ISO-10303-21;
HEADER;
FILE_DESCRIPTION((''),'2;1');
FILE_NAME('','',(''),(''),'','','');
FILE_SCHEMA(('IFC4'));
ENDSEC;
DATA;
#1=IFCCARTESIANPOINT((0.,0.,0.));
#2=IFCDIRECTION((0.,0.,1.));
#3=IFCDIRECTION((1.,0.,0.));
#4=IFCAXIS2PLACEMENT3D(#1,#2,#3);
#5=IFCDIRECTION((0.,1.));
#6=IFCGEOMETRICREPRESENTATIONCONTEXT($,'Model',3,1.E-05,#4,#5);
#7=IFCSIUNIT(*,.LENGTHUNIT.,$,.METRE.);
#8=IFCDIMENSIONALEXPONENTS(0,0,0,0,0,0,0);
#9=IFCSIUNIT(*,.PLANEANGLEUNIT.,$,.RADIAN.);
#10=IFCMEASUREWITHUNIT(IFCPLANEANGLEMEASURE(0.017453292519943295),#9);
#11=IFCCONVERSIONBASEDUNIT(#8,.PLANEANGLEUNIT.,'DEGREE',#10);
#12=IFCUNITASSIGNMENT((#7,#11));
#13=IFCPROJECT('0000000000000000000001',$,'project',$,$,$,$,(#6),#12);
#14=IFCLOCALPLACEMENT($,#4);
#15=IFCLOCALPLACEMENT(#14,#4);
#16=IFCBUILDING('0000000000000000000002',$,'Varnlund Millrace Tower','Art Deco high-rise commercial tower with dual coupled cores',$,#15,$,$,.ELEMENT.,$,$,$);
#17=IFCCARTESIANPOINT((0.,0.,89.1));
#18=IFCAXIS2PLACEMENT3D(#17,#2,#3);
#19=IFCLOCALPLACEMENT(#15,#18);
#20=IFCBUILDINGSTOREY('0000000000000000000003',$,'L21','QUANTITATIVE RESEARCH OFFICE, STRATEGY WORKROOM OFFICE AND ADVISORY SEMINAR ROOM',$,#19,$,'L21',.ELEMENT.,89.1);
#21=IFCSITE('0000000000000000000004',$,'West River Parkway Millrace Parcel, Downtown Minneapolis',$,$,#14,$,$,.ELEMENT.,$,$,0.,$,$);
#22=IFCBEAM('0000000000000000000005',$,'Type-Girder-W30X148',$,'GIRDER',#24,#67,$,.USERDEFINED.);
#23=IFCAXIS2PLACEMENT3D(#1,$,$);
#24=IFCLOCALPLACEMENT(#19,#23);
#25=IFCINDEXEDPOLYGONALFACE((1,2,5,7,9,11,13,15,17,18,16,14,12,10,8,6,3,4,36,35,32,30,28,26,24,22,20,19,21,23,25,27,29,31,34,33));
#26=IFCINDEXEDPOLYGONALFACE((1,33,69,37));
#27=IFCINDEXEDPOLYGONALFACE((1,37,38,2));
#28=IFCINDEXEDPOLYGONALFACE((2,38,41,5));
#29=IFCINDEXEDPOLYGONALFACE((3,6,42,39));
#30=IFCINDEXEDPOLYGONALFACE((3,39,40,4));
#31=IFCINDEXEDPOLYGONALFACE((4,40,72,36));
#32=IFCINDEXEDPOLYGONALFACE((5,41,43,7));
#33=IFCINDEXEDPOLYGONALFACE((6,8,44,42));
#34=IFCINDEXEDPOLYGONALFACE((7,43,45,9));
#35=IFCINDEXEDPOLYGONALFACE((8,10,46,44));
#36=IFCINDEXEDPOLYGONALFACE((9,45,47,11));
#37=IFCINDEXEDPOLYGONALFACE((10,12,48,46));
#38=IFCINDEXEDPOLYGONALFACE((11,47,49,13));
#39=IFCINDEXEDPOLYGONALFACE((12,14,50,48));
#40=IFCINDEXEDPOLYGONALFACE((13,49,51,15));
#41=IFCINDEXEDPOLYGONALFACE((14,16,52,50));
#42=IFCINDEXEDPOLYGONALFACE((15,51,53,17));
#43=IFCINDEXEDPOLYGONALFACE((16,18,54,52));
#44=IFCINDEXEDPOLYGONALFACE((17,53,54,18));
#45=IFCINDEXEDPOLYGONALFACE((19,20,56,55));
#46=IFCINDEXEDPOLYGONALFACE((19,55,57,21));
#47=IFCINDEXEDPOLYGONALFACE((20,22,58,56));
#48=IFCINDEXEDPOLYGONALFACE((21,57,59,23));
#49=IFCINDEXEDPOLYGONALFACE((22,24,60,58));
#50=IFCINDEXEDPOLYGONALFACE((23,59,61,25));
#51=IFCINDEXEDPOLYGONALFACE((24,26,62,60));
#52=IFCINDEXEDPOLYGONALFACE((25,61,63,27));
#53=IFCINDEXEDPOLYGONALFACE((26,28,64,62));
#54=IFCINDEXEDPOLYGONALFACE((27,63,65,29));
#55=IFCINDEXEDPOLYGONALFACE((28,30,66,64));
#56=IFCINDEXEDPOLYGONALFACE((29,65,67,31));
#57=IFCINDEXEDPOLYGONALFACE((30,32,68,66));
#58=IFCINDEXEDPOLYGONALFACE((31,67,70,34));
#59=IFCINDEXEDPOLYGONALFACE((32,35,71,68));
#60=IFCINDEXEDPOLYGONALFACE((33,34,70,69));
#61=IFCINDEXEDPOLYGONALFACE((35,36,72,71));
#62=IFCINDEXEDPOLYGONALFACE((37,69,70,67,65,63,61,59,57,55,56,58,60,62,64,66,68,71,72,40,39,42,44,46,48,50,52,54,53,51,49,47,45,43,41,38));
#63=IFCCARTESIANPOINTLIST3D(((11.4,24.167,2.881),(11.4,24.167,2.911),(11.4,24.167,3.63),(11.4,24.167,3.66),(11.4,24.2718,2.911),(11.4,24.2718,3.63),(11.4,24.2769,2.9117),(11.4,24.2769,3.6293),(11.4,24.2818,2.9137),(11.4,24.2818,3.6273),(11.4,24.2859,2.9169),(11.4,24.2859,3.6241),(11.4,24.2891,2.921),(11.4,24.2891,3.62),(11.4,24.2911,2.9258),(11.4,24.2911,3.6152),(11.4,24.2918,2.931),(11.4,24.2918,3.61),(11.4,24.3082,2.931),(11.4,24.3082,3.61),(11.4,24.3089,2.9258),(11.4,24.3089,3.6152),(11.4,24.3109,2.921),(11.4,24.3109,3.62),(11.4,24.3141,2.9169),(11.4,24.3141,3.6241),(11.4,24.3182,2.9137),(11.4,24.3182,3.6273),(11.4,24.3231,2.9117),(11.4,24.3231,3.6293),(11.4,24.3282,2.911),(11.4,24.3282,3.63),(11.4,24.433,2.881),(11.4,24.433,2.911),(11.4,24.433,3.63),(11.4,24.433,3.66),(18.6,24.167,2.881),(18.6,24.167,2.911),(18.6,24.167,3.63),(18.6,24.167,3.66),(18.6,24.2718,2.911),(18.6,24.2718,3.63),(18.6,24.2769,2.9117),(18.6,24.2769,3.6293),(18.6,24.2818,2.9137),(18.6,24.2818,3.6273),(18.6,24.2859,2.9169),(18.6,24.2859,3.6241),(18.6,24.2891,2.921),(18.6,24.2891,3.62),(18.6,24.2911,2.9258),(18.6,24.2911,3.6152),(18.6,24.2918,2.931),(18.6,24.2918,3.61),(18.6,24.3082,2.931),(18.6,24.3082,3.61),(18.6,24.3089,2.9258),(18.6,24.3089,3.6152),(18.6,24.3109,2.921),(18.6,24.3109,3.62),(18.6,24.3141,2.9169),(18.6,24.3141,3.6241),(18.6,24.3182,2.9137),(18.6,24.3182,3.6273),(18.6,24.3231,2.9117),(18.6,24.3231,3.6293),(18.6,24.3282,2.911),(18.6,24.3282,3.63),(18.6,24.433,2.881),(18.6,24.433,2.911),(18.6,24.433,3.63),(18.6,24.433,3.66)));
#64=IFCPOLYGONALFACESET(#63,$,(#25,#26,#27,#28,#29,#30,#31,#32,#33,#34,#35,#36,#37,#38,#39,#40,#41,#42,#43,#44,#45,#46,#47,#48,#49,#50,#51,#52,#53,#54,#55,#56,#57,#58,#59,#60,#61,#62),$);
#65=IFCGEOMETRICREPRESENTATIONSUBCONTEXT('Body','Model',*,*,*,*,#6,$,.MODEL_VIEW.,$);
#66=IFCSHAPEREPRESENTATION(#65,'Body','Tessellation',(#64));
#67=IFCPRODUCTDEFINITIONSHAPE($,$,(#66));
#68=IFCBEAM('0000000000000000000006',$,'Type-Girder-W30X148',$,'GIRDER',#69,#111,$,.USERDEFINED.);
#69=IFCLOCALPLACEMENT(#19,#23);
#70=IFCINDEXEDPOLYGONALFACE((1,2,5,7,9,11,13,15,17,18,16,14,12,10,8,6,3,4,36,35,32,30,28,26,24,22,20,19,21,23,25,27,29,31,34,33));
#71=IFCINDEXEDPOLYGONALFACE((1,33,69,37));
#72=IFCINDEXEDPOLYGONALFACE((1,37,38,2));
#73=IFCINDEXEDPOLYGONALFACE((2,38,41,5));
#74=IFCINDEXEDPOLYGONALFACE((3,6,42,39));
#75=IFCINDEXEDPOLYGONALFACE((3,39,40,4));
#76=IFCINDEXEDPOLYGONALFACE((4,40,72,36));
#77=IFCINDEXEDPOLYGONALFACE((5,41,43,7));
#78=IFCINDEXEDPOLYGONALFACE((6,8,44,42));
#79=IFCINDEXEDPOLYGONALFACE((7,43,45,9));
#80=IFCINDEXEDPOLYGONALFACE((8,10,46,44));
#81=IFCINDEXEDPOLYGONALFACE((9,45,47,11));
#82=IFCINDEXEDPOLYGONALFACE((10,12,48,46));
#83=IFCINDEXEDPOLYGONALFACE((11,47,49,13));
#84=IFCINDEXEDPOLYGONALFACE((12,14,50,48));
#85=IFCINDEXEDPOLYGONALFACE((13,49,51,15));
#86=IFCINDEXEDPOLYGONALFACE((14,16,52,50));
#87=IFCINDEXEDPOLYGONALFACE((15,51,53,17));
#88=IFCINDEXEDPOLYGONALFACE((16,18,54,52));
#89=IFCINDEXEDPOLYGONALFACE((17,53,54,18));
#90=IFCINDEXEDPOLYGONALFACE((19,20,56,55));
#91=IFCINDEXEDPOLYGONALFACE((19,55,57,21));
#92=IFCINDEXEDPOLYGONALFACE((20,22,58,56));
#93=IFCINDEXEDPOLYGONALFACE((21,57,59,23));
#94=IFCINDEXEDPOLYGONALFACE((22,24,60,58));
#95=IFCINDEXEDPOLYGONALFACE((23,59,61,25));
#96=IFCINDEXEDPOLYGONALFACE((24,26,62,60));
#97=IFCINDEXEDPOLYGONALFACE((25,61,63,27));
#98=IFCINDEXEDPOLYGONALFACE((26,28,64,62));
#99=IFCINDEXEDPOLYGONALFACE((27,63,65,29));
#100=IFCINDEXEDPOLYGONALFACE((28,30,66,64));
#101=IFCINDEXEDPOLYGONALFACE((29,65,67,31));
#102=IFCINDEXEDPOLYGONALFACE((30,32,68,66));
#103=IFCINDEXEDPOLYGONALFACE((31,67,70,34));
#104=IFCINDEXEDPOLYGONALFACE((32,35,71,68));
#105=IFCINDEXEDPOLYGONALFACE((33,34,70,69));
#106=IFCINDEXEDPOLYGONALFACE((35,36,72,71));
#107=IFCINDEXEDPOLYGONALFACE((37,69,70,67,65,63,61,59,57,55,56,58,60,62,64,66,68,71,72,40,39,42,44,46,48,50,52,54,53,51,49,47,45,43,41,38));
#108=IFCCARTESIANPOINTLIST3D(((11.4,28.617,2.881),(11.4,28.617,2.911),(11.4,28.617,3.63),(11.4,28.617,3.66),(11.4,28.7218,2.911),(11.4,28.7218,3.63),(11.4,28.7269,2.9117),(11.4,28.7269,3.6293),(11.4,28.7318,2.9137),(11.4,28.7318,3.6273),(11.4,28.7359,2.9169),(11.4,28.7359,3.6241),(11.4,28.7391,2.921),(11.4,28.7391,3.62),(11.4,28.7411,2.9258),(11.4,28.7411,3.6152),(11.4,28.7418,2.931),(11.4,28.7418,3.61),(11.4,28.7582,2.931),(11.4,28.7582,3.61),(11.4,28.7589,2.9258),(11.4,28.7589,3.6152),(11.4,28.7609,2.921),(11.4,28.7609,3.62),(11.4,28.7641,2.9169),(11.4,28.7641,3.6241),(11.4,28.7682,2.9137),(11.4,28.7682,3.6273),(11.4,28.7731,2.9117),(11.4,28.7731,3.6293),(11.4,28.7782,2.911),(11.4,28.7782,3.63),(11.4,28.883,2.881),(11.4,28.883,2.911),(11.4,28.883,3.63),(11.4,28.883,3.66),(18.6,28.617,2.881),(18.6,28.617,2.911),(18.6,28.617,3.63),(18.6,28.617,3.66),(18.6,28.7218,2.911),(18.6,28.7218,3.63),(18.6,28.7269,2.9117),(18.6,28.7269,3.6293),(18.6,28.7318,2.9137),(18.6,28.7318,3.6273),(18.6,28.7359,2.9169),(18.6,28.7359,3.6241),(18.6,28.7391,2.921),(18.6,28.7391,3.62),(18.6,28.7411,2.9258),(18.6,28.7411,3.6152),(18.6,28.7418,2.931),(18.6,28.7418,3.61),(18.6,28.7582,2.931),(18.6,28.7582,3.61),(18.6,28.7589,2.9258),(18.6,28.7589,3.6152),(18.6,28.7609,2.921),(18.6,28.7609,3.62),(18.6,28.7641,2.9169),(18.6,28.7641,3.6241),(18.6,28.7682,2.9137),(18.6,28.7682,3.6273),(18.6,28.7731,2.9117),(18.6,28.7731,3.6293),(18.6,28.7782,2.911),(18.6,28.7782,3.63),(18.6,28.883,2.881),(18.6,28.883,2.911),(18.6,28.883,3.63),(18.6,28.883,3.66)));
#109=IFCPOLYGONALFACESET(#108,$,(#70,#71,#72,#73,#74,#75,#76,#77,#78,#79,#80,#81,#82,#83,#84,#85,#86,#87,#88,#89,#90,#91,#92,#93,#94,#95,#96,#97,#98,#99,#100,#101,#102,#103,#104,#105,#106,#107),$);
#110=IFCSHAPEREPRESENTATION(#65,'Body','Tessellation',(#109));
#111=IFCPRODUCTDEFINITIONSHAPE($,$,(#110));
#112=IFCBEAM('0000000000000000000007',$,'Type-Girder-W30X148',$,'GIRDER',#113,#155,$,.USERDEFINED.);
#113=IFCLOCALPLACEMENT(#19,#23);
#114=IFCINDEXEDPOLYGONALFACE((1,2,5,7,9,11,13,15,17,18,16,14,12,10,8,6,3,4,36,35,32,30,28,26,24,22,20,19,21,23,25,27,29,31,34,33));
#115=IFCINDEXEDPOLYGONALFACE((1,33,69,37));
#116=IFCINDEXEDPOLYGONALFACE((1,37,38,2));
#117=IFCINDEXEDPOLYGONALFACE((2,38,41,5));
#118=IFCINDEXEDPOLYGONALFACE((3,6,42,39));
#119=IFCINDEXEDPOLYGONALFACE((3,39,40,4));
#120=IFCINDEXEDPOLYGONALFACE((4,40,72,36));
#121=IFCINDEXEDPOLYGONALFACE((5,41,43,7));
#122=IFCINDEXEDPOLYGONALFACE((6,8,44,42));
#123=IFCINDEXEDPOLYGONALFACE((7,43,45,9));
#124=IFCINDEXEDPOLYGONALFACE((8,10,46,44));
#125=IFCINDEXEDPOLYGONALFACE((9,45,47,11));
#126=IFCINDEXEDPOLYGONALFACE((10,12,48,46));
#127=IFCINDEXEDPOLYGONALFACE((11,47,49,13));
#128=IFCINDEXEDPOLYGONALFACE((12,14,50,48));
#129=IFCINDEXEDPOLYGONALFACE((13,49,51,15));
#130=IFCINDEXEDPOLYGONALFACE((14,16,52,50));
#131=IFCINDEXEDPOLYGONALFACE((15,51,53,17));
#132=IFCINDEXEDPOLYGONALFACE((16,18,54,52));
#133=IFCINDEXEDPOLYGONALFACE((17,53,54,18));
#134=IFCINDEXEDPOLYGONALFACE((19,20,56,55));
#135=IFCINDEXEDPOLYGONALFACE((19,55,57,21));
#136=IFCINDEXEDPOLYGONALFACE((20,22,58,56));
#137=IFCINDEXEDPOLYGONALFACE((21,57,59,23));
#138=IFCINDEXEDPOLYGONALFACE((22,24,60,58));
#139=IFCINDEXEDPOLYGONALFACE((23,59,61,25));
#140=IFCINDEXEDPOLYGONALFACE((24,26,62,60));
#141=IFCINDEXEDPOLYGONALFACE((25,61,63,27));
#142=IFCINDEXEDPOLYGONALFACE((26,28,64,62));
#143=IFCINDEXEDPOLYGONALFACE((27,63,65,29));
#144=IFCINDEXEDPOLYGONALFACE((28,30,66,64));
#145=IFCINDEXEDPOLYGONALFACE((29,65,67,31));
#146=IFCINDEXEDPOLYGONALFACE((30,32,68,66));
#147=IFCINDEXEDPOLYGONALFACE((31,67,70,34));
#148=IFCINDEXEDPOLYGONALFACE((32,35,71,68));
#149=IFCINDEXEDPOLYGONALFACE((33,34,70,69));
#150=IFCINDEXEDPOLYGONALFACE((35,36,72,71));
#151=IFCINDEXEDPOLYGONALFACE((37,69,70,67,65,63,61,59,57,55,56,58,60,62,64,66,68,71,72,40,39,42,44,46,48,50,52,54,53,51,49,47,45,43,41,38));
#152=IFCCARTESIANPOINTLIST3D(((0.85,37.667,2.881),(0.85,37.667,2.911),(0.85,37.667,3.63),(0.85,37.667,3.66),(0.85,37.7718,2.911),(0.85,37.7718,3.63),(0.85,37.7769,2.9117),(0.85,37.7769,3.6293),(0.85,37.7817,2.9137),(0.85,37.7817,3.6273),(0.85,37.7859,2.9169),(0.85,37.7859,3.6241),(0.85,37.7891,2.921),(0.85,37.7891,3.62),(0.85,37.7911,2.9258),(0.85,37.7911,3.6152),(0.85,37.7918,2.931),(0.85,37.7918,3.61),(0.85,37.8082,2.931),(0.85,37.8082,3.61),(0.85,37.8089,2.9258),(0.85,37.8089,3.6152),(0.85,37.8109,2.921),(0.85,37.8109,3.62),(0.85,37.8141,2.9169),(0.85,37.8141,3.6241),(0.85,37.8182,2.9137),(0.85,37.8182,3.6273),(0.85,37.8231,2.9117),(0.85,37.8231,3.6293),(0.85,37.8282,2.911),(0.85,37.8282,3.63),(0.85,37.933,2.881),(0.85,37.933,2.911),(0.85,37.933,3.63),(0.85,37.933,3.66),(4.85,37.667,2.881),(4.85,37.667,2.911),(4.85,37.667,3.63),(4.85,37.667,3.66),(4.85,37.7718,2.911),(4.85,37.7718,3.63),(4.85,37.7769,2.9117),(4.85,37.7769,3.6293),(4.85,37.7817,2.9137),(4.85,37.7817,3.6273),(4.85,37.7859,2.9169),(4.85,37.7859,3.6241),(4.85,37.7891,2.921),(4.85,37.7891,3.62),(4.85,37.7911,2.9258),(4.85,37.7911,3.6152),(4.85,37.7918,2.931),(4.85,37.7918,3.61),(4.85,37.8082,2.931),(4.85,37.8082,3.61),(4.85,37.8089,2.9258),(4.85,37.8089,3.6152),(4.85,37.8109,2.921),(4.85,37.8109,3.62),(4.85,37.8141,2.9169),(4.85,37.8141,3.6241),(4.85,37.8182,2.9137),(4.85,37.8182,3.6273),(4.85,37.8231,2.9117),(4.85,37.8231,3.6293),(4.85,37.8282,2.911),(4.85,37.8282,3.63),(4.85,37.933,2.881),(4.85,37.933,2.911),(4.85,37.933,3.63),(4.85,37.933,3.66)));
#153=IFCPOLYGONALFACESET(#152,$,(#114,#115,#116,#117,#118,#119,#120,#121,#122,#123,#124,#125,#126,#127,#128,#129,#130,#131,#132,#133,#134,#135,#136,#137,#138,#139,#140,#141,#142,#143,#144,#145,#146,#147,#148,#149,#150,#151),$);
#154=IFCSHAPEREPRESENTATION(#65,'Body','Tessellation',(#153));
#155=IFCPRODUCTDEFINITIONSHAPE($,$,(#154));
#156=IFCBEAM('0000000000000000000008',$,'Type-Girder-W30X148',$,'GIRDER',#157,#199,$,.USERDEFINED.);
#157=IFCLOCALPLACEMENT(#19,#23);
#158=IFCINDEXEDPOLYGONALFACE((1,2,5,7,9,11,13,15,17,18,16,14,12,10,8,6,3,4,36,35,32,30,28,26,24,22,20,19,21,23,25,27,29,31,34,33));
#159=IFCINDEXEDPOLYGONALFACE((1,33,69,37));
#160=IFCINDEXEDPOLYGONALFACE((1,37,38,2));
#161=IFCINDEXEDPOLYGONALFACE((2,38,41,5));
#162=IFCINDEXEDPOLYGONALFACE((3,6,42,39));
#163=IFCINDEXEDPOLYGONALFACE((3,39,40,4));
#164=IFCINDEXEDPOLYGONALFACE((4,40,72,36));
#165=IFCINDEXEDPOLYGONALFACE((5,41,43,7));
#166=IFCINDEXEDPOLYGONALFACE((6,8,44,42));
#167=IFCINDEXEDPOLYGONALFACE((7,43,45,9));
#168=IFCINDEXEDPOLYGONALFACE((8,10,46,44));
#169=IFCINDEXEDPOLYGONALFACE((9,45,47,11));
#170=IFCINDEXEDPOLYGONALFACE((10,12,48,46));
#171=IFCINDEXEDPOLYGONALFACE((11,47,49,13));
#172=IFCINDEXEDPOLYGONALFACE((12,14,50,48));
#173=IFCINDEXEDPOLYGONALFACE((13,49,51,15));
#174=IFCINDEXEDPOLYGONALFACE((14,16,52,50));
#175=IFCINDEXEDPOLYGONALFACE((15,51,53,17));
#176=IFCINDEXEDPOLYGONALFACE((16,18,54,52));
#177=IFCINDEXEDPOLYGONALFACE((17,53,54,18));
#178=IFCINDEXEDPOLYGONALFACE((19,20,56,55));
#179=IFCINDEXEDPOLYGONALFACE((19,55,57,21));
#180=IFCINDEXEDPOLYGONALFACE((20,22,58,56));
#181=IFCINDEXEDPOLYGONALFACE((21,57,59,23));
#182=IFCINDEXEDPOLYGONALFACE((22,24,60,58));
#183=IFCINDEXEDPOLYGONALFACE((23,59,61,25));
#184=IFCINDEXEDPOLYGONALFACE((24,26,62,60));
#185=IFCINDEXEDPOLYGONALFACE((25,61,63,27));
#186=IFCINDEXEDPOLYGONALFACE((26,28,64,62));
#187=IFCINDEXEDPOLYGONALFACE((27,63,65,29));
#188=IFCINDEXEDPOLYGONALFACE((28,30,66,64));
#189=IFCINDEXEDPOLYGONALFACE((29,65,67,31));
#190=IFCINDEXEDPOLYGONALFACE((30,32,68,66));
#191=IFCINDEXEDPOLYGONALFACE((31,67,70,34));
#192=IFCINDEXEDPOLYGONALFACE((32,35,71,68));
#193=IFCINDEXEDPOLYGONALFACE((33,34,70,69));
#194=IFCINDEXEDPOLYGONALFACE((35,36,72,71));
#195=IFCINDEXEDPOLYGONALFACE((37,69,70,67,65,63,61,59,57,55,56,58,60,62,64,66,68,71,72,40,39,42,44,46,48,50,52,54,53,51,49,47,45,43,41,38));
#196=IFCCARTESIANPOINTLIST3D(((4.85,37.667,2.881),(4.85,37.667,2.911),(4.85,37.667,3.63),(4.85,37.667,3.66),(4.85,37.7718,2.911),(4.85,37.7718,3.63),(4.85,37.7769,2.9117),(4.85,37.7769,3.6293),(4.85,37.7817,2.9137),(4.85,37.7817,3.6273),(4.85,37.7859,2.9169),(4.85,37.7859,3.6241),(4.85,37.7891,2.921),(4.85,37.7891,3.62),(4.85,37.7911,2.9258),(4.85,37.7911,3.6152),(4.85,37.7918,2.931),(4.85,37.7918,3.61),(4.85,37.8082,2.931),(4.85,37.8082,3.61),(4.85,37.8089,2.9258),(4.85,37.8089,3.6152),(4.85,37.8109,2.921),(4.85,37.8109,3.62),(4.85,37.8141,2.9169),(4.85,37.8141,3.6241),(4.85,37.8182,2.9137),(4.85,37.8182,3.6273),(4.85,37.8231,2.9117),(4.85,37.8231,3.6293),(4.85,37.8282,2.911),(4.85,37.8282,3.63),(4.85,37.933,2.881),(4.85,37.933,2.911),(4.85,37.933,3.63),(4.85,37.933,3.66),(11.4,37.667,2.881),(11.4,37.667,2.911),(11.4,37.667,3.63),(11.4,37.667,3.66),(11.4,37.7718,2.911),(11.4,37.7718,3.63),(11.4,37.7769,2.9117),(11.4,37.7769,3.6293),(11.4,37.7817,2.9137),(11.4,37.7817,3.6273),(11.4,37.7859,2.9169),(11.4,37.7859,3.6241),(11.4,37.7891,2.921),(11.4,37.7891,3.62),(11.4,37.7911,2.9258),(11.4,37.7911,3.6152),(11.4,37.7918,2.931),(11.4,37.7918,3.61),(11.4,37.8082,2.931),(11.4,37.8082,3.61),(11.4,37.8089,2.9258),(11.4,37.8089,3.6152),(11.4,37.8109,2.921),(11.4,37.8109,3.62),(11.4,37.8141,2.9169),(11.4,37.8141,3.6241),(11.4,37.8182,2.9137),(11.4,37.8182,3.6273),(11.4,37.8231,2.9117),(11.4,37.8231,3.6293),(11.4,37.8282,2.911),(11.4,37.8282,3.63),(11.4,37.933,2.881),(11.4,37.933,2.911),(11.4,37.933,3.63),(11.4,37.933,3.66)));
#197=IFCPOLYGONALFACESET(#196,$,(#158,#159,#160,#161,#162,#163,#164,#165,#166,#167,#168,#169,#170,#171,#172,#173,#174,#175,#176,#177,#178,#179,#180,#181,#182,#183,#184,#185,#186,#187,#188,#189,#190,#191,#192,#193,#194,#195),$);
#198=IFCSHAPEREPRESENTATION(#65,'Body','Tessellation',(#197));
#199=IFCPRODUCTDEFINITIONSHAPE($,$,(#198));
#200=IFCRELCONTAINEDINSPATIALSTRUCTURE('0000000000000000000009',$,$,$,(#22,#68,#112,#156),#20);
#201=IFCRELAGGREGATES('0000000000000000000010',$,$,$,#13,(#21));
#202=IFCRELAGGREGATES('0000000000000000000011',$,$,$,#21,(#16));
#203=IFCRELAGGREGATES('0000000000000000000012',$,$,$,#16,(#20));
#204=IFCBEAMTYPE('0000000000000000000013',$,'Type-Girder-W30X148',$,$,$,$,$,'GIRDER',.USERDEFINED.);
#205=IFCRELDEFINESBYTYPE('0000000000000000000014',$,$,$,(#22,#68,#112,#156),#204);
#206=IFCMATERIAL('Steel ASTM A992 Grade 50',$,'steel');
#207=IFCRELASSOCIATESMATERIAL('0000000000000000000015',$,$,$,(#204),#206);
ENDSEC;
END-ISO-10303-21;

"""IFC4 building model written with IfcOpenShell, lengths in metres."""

from ifc_helpers import new_model, entity, si_unit, converted_unit, direction, frame, origin_with_axes, origin_2d_with_axis, place, context, subcontext, project, spatial, i_section, extrude, material, material_profile, profile_set, type_object, element, save


model = new_model("IFC4")

# Units and contexts
model_context = context("Model", 3, precision=1e-05, world=origin_with_axes(), true_north=direction((0.0, 1.0)))
body_context = subcontext(model_context, "Body", "Model", "MODEL_VIEW")
ifc_project = project(units=[si_unit("LENGTHUNIT", "METRE"), converted_unit("PLANEANGLEUNIT", "DEGREE", entity("IfcPlaneAngleMeasure", 0.017453292519943295), si_unit("PLANEANGLEUNIT", "RADIAN"), dimensions=[0, 0, 0, 0, 0, 0, 0])], contexts=[model_context])

# Site, building, storey
site_placement = place(None, origin_with_axes())
site = spatial("IfcSite", under=ifc_project, at=site_placement, Name="West River Parkway Millrace Parcel, Downtown Minneapolis", CompositionType="ELEMENT", RefElevation=0.0)
building_placement = place(site_placement, origin_with_axes())
building = spatial("IfcBuilding", under=site, at=building_placement, Name="Varnlund Millrace Tower", Description="Art Deco high-rise commercial tower with dual coupled cores", CompositionType="ELEMENT")
storey_placement = place(building_placement, frame((0.0, 0.0, 89.1), z_axis=(0.0, 0.0, 1.0), x_axis=(1.0, 0.0, 0.0)))
storey = spatial("IfcBuildingStorey", under=building, at=storey_placement, Name="L21", Description="QUANTITATIVE RESEARCH OFFICE, STRATEGY WORKROOM OFFICE AND ADVISORY SEMINAR ROOM", LongName="L21", CompositionType="ELEMENT", Elevation=89.1)

# Beams
ifc_material_1 = material(Name="Steel ASTM A992 Grade 50", Category="steel")
ifc_material_profile_1 = material_profile(ifc_material_1, i_section(OverallWidth=0.266, OverallDepth=0.779, WebThickness=0.0165, FlangeThickness=0.03, FilletRadius=0.02, at=origin_2d_with_axis()), Name="Steel ASTM A992 Grade 50")
ifc_profile_set_1 = profile_set([ifc_material_profile_1], Name="Steel ASTM A992 Grade 50")
beam_type_1 = type_object("IfcBeamType", Name="Type-Girder-W30X148", ElementType="GIRDER", PredefinedType="USERDEFINED", material=ifc_profile_set_1)
for number, where, z_axis, x_axis, name in (
    (1, (11.4, 24.3, 3.2705), (1.0, 0.0, 0.0), (0.0, 1.0, 0.0), "Type-Girder-W30X148"),
    (2, (11.4, 28.75, 3.2705), (1.0, 0.0, 0.0), (0.0, 1.0, 0.0), "Type-Girder-W30X148"),
):
    element("IfcBeam", number, at=place(storey_placement, frame(where, z_axis=z_axis, x_axis=x_axis)), inside=storey, type_object=beam_type_1, Name=name, ObjectType="GIRDER", PredefinedType="USERDEFINED", context=body_context, shape_type="SweptSolid", body=[
        extrude(i_section(OverallWidth=0.266, OverallDepth=0.779, WebThickness=0.0165, FlangeThickness=0.03, FilletRadius=0.02, at=origin_2d_with_axis()), origin_with_axes(), (0.0, 0.0, 1.0), 7.2),
    ])
beam_1_placement = place(storey_placement, frame((0.85, 37.8, 3.2705), z_axis=(1.0, 0.0, 0.0), x_axis=(0.0, 1.0, 0.0)))
element("IfcBeam", 3, at=beam_1_placement, inside=storey, type_object=beam_type_1, Name="Type-Girder-W30X148", ObjectType="GIRDER", PredefinedType="USERDEFINED", context=body_context, shape_type="SweptSolid", body=[
    extrude(i_section(OverallWidth=0.266, OverallDepth=0.779, WebThickness=0.0165, FlangeThickness=0.03, FilletRadius=0.02, at=origin_2d_with_axis()), origin_with_axes(), (0.0, 0.0, 1.0), 4.0),
])
beam_2_placement = place(storey_placement, frame((4.85, 37.8, 3.2705), z_axis=(1.0, 0.0, 0.0), x_axis=(0.0, 1.0, 0.0)))
element("IfcBeam", 4, at=beam_2_placement, inside=storey, type_object=beam_type_1, Name="Type-Girder-W30X148", ObjectType="GIRDER", PredefinedType="USERDEFINED", context=body_context, shape_type="SweptSolid", body=[
    extrude(i_section(OverallWidth=0.266, OverallDepth=0.779, WebThickness=0.0165, FlangeThickness=0.03, FilletRadius=0.02, at=origin_2d_with_axis()), origin_with_axes(), (0.0, 0.0, 1.0), 6.55),
])

save(model, "model.ifc")
